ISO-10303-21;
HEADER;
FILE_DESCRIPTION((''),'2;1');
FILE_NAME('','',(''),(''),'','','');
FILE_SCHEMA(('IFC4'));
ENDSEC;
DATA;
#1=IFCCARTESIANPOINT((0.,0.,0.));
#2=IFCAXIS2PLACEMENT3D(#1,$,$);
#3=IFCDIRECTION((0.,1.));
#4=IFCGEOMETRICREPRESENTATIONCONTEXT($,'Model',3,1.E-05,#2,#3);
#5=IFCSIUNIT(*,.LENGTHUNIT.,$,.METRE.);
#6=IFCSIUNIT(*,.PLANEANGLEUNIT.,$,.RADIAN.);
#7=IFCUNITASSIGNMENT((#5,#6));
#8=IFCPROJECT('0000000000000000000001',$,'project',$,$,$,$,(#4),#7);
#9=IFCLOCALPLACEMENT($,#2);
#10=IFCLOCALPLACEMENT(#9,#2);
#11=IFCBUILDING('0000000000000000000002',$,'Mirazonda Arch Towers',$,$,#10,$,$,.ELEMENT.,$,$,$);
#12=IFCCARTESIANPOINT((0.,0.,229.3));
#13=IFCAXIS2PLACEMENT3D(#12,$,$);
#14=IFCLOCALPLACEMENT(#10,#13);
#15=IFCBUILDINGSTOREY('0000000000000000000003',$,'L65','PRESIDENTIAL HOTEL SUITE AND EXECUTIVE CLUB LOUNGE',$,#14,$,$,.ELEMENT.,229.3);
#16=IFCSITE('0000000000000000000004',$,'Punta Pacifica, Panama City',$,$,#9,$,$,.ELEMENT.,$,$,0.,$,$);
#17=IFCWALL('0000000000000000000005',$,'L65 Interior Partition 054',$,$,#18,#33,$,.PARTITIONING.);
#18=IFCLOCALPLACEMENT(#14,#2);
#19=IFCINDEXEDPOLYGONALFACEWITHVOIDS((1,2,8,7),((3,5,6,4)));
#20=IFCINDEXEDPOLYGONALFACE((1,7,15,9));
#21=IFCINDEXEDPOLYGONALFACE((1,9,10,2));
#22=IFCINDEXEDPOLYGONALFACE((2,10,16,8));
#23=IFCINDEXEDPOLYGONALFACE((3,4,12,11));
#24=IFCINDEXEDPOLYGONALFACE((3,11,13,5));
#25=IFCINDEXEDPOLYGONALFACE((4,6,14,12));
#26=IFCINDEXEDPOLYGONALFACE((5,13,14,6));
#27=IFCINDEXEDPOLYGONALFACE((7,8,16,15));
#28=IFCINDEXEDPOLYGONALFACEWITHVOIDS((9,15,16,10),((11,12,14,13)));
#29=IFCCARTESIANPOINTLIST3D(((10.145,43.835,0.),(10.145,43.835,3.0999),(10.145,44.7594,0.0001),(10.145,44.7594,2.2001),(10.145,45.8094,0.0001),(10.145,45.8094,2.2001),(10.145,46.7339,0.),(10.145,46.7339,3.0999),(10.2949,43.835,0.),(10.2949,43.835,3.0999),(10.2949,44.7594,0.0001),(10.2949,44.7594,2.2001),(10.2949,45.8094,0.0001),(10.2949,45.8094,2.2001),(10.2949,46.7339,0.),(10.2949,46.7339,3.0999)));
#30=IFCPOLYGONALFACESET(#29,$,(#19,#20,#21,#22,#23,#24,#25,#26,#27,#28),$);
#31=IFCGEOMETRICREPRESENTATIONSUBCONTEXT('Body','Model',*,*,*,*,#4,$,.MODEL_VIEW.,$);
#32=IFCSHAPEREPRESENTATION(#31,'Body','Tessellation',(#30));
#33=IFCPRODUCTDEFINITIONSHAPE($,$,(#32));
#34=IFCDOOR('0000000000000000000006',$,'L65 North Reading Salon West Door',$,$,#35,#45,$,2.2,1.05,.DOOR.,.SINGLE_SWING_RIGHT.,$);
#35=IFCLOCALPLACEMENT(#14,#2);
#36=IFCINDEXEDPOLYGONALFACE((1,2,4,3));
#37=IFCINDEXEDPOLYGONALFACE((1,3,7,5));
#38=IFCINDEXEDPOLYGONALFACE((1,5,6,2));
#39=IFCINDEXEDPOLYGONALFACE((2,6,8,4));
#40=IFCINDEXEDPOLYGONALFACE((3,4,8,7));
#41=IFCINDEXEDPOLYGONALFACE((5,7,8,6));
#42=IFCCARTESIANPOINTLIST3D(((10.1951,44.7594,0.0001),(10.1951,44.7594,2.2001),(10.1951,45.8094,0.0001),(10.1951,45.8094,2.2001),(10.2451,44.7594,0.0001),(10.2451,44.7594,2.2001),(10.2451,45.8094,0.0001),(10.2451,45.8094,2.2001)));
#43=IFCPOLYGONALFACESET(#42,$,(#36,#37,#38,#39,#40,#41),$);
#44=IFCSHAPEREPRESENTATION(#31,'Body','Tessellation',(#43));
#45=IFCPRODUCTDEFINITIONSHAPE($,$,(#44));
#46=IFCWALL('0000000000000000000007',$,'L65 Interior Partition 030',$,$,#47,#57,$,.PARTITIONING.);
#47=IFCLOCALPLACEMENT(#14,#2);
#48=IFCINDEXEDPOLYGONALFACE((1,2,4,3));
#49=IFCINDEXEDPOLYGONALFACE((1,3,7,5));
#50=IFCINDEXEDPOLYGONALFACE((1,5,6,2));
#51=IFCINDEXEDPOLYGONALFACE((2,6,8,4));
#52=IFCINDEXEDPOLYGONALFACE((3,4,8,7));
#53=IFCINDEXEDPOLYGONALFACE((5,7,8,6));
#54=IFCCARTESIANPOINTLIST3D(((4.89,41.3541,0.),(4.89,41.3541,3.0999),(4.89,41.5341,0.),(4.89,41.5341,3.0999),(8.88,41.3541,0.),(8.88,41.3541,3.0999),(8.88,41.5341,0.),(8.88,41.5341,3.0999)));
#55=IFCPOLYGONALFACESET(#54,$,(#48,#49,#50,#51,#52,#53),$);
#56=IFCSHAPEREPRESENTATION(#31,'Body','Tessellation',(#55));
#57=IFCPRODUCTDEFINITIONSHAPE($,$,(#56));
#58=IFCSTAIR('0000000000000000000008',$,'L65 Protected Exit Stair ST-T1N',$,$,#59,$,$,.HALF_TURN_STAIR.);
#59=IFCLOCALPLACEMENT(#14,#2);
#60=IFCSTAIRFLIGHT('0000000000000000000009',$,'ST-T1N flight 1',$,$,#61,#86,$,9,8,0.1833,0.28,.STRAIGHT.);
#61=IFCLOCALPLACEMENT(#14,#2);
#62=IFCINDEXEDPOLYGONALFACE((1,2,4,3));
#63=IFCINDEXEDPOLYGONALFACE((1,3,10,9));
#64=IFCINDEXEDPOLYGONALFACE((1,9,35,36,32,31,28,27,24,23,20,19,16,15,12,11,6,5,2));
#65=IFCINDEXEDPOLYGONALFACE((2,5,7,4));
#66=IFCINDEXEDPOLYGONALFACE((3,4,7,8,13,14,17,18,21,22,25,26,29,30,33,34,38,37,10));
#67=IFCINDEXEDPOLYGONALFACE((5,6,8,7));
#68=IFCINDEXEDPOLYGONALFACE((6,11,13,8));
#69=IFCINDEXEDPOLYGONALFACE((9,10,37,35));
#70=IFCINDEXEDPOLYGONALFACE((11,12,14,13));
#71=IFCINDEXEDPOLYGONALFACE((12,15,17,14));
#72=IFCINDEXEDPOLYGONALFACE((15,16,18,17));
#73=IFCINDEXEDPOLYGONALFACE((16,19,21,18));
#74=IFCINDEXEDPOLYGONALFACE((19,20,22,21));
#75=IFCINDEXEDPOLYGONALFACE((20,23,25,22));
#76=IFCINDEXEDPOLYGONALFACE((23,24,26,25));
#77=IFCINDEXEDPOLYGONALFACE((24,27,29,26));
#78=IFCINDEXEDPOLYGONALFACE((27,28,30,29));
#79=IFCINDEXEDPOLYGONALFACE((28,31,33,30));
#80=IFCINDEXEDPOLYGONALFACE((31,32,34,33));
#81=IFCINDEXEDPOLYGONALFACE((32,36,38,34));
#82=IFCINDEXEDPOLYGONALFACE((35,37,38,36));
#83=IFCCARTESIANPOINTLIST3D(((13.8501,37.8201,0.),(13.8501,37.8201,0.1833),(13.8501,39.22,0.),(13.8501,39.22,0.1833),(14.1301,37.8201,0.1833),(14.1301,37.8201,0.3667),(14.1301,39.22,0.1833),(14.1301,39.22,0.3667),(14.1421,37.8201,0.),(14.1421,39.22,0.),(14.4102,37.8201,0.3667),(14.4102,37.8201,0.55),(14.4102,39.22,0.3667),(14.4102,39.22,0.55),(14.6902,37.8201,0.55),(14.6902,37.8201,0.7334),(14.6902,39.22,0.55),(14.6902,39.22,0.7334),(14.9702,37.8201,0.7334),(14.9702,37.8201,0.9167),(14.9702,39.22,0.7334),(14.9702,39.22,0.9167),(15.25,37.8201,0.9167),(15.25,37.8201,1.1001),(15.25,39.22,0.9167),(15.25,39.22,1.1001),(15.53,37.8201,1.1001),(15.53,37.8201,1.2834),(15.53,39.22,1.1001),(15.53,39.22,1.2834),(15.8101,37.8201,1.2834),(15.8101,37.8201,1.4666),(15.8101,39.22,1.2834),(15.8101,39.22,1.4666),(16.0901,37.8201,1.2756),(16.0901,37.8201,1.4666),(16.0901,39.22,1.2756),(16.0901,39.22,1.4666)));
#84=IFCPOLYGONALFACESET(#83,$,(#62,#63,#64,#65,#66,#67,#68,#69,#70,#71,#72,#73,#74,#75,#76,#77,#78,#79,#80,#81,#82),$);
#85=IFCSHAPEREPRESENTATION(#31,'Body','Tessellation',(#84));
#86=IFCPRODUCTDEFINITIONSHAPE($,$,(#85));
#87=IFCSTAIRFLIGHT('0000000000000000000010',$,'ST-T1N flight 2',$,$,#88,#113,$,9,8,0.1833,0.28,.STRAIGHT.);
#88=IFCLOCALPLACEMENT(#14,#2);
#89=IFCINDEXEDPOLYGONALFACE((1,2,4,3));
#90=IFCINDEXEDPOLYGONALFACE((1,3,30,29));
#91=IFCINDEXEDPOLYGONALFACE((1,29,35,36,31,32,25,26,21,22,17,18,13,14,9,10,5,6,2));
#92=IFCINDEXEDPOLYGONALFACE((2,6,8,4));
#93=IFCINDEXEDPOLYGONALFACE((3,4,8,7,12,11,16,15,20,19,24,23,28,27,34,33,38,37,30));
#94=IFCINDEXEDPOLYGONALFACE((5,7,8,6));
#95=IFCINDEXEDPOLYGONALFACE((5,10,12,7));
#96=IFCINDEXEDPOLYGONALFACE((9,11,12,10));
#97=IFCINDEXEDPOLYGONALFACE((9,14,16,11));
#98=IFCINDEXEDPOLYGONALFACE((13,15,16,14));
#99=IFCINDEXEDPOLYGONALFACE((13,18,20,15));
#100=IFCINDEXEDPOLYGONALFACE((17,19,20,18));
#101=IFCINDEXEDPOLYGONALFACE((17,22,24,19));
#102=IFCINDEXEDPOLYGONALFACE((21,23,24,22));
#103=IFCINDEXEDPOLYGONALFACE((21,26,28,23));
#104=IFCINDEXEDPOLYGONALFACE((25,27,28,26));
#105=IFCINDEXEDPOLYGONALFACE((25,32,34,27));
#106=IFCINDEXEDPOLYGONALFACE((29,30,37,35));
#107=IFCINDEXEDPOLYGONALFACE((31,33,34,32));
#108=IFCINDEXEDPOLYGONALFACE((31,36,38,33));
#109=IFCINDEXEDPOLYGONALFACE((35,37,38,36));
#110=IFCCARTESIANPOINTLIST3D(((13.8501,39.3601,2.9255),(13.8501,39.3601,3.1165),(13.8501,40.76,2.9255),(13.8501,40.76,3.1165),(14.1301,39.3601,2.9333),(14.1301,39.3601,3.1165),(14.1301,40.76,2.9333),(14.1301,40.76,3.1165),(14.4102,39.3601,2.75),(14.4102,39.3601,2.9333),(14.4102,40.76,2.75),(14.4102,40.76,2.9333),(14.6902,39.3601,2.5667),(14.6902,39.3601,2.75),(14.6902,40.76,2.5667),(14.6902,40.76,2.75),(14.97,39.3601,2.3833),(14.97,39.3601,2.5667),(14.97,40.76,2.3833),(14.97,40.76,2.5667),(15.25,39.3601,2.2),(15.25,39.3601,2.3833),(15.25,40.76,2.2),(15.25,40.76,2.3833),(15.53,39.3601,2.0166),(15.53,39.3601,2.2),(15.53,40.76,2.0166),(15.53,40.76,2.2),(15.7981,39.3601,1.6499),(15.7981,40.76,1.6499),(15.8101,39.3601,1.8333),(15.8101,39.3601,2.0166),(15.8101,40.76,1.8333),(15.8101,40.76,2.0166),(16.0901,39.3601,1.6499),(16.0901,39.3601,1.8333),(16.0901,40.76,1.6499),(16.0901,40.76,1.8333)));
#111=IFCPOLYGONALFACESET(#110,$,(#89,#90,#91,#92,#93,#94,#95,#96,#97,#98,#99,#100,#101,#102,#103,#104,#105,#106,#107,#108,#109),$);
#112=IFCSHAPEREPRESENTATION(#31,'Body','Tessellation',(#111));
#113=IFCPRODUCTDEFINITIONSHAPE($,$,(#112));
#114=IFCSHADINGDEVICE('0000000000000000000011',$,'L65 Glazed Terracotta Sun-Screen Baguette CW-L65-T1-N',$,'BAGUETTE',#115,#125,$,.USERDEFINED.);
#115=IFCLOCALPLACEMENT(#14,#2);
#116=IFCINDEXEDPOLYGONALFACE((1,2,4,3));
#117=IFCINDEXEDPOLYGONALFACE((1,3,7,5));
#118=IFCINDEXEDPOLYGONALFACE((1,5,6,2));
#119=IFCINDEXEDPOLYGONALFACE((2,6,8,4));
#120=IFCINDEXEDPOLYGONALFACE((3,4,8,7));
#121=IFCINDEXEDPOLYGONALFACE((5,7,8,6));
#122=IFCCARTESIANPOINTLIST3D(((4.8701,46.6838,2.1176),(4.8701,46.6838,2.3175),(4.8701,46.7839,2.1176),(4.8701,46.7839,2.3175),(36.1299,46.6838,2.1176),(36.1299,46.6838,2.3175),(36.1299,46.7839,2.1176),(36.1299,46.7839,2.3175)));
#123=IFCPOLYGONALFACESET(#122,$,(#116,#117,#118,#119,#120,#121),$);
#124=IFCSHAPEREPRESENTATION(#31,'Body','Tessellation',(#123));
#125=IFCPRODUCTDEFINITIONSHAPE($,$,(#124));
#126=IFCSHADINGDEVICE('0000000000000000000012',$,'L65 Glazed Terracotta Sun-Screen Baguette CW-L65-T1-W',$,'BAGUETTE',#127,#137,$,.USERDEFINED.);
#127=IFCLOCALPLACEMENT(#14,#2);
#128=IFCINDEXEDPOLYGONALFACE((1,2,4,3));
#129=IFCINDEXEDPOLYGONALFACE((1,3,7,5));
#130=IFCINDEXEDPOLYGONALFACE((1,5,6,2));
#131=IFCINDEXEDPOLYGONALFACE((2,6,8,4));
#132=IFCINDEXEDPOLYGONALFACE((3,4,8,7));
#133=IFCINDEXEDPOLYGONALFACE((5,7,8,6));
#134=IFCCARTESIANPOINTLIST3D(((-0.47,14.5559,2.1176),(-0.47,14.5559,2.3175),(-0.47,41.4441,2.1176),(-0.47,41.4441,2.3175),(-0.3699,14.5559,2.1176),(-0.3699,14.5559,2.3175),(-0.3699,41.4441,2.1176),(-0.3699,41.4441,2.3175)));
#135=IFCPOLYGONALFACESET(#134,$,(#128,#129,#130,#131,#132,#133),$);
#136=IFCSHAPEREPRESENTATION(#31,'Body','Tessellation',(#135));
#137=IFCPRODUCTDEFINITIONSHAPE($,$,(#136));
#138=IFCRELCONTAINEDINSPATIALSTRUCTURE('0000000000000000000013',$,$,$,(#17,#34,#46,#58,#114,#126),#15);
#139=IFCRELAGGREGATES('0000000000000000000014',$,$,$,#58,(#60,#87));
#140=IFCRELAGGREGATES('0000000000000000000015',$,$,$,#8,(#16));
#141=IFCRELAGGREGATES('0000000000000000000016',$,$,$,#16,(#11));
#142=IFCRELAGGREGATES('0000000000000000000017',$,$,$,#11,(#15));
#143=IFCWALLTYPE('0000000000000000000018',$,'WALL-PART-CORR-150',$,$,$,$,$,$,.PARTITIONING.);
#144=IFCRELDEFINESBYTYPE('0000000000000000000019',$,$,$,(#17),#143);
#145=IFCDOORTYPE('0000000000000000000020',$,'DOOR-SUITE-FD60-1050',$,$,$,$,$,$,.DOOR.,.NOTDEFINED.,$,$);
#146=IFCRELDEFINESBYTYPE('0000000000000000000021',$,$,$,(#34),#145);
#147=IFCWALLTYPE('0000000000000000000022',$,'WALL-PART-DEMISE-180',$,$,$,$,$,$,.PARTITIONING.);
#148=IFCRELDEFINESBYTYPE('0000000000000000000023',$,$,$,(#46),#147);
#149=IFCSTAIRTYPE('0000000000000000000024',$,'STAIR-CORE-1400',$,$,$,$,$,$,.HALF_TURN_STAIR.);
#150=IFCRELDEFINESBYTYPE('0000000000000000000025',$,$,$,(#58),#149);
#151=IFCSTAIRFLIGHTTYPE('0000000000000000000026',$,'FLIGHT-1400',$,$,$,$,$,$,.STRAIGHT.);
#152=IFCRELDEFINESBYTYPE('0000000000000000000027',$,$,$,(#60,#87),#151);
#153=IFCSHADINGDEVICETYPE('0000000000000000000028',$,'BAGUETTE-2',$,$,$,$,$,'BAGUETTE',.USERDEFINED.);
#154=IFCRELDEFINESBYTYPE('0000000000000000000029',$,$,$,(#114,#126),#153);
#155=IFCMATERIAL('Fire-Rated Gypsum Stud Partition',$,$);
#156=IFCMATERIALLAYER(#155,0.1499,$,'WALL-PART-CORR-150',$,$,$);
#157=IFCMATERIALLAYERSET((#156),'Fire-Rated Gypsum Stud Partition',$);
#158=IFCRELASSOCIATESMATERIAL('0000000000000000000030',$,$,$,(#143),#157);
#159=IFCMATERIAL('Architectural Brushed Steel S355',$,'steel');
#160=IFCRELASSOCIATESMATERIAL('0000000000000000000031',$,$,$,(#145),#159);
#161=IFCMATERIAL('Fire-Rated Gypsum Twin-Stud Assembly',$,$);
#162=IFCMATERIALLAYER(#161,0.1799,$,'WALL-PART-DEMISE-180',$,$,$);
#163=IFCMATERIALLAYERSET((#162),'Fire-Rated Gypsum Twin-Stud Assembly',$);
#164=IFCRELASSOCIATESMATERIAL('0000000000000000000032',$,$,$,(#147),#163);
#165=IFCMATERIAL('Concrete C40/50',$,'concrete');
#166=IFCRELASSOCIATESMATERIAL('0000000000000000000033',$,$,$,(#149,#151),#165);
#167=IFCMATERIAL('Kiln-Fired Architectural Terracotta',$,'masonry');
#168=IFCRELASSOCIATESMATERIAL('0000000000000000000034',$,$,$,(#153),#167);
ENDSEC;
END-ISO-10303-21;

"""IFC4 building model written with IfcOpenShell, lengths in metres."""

from ifc_helpers import new_model, si_unit, direction, frame, frame_2d, origin, origin_2d, place, context, subcontext, project, spatial, polyline, rectangle, outline, extrude, material, layer, layer_set, material_profile, profile_set, type_object, element, fill, aggregate, save


model = new_model("IFC4")

# Units and contexts
model_context = context("Model", 3, precision=1e-05, world=origin(), true_north=direction((0.0, 1.0)))
body_context = subcontext(model_context, "Body", "Model", "MODEL_VIEW")
ifc_project = project(units=[si_unit("LENGTHUNIT", "METRE"), si_unit("PLANEANGLEUNIT", "RADIAN")], contexts=[model_context])

# Site, building, storey
site_placement = place(None, origin())
site = spatial("IfcSite", under=ifc_project, at=site_placement, Name="Punta Pacifica, Panama City", CompositionType="ELEMENT", RefElevation=0.0)
building_placement = place(site_placement, origin())
building = spatial("IfcBuilding", under=site, at=building_placement, Name="Mirazonda Arch Towers", CompositionType="ELEMENT")
storey_placement = place(building_placement, frame((0.0, 0.0, 229.3)))
storey = spatial("IfcBuildingStorey", under=building, at=storey_placement, Name="L65", Description="PRESIDENTIAL HOTEL SUITE AND EXECUTIVE CLUB LOUNGE", CompositionType="ELEMENT", Elevation=229.3)

# Shared definitions
ifc_material_1 = material(Name="Fire-Rated Gypsum Stud Partition")
ifc_layer_1 = layer(ifc_material_1, 0.1499, Name="WALL-PART-CORR-150")
ifc_layer_set_1 = layer_set([ifc_layer_1], Name="Fire-Rated Gypsum Stud Partition")
wall_type_1 = type_object("IfcWallType", Name="WALL-PART-CORR-150", PredefinedType="PARTITIONING", material=ifc_layer_set_1)

# Wall, opening, door
wall_1_placement = place(storey_placement, frame((10.22, 43.835, 0.0), z_axis=(0.0, 0.0, 1.0), x_axis=(0.0, 1.0, 0.0)))
wall_1 = element("IfcWall", 1, at=wall_1_placement, inside=storey, type_object=wall_type_1, Name="L65 Interior Partition 054", PredefinedType="PARTITIONING", context=body_context, shape_type="SweptSolid", body=[
    extrude(rectangle(XDim=2.8989, YDim=0.1499, at=frame_2d((1.4495, 0.0))), origin(), (0.0, 0.0, 1.0), 3.0999),
])
opening_1_placement = place(wall_1_placement, frame((0.9246, 0.0, 0.0)))
opening_1 = element("IfcOpeningElement", 2, at=opening_1_placement, cuts=wall_1, PredefinedType="OPENING", context=body_context, shape_type="SweptSolid", body=[
    extrude(rectangle(XDim=1.05, YDim=2.2, at=frame_2d((0.5249, 1.1001))), frame((0.0, 0.085, 0.0), z_axis=(0.0, -1.0, 0.0), x_axis=(1.0, 0.0, 0.0)), (0.0, 0.0, 1.0), 0.1699),
])
ifc_material_2 = material(Name="Architectural Brushed Steel S355", Category="steel")
door_type_1 = type_object("IfcDoorType", Name="DOOR-SUITE-FD60-1050", OperationType="NOTDEFINED", PredefinedType="DOOR", material=ifc_material_2)
door_1_placement = place(opening_1_placement, origin())
door_1 = element("IfcDoor", 3, at=door_1_placement, inside=storey, type_object=door_type_1, Name="L65 North Reading Salon West Door", OperationType="SINGLE_SWING_RIGHT", OverallHeight=2.2, OverallWidth=1.05, PredefinedType="DOOR", context=body_context, shape_type="SweptSolid", body=[
    extrude(rectangle(XDim=1.05, YDim=2.2, at=frame_2d((0.5249, 1.1001))), frame((0.0, 0.0249, 0.0), z_axis=(0.0, -1.0, 0.0), x_axis=(1.0, 0.0, 0.0)), (0.0, 0.0, 1.0), 0.05),
])
fill(opening_1, door_1)

# Wall
ifc_material_3 = material(Name="Fire-Rated Gypsum Twin-Stud Assembly")
ifc_layer_2 = layer(ifc_material_3, 0.1799, Name="WALL-PART-DEMISE-180")
ifc_layer_set_2 = layer_set([ifc_layer_2], Name="Fire-Rated Gypsum Twin-Stud Assembly")
wall_type_2 = type_object("IfcWallType", Name="WALL-PART-DEMISE-180", PredefinedType="PARTITIONING", material=ifc_layer_set_2)
wall_2_placement = place(storey_placement, frame((4.8899, 41.4441, 0.0), z_axis=(0.0, 0.0, 1.0), x_axis=(1.0, 0.0, 0.0)))
element("IfcWall", 4, at=wall_2_placement, inside=storey, type_object=wall_type_2, Name="L65 Interior Partition 030", PredefinedType="PARTITIONING", context=body_context, shape_type="SweptSolid", body=[
    extrude(rectangle(XDim=3.99, YDim=0.1799, at=frame_2d((1.9951, 0.0))), origin(), (0.0, 0.0, 1.0), 3.0999),
])

# Stair, stair flights
ifc_material_4 = material(Name="Concrete C40/50", Category="concrete")
stair_type = type_object("IfcStairType", Name="STAIR-CORE-1400", PredefinedType="HALF_TURN_STAIR", material=ifc_material_4)
stair_placement = place(storey_placement, origin())
stair = element("IfcStair", 5, at=stair_placement, inside=storey, type_object=stair_type, Name="L65 Protected Exit Stair ST-T1N", PredefinedType="HALF_TURN_STAIR")
stair_flight_type = type_object("IfcStairFlightType", Name="FLIGHT-1400", PredefinedType="STRAIGHT", material=ifc_material_4)
stair_flight_1_placement = place(storey_placement, frame((13.8501, 38.52, 0.0), z_axis=(0.0, 0.0, 1.0), x_axis=(1.0, 0.0, 0.0)))
stair_flight_1 = element("IfcStairFlight", 6, at=stair_flight_1_placement, type_object=stair_flight_type, Name="ST-T1N flight 1", NumberOfRisers=9, NumberOfTreads=8, PredefinedType="STRAIGHT", RiserHeight=0.1833, TreadLength=0.28, context=body_context, shape_type="SweptSolid", body=[
    extrude(outline(polyline([(0.0, 0.0), (0.0, 0.1833), (0.28, 0.1833), (0.28, 0.3667), (0.5601, 0.3667), (0.5601, 0.55), (0.8401, 0.55), (0.8401, 0.7334), (1.1201, 0.7334), (1.1201, 0.9167), (1.3999, 0.9167), (1.3999, 1.1001), (1.6799, 1.1001), (1.6799, 1.2834), (1.96, 1.2834), (1.96, 1.4666), (2.24, 1.4666), (2.24, 1.6499), (2.24, 1.2756), (0.292, 0.0), (0.0, 0.0)])), frame((0.0, 0.7, 0.0), z_axis=(0.0, -1.0, 0.0), x_axis=(1.0, 0.0, 0.0)), (0.0, 0.0, 1.0), 1.3999),
])
stair_flight_2_placement = place(storey_placement, frame((16.0901, 40.0601, 1.6499), z_axis=(0.0, 0.0, 1.0), x_axis=(-1.0, 0.0, 0.0)))
stair_flight_2 = element("IfcStairFlight", 7, at=stair_flight_2_placement, type_object=stair_flight_type, Name="ST-T1N flight 2", NumberOfRisers=9, NumberOfTreads=8, PredefinedType="STRAIGHT", RiserHeight=0.1833, TreadLength=0.28, context=body_context, shape_type="SweptSolid", body=[
    extrude(outline(polyline([(0.0, 0.0), (0.0, 0.1833), (0.28, 0.1833), (0.28, 0.3667), (0.5601, 0.3667), (0.5601, 0.55), (0.8401, 0.55), (0.8401, 0.7334), (1.1201, 0.7334), (1.1201, 0.9167), (1.3999, 0.9167), (1.3999, 1.1001), (1.6799, 1.1001), (1.6799, 1.2834), (1.96, 1.2834), (1.96, 1.4666), (2.24, 1.4666), (2.24, 1.6499), (2.24, 1.2756), (0.292, 0.0), (0.0, 0.0)])), frame((0.0, 0.7, 0.0), z_axis=(0.0, -1.0, 0.0), x_axis=(1.0, 0.0, 0.0)), (0.0, 0.0, 1.0), 1.3999),
])
aggregate(stair, [stair_flight_1, stair_flight_2])

# Shading devices
ifc_material_5 = material(Name="Kiln-Fired Architectural Terracotta", Category="masonry")
ifc_material_profile_1 = material_profile(ifc_material_5, rectangle(XDim=0.1001, YDim=0.2, at=origin_2d()), Name="TERRA-BAG-100x200")
ifc_profile_set_1 = profile_set([ifc_material_profile_1], Name="Kiln-Fired Architectural Terracotta")
shading_device_type = type_object("IfcShadingDeviceType", Name="BAGUETTE-2", ElementType="BAGUETTE", PredefinedType="USERDEFINED", material=ifc_profile_set_1)
shading_device_1_placement = place(storey_placement, frame((4.8701, 46.7339, 2.2175), z_axis=(1.0, 0.0, 0.0), x_axis=(0.0, 1.0, 0.0)))
element("IfcShadingDevice", 8, at=shading_device_1_placement, inside=storey, type_object=shading_device_type, Name="L65 Glazed Terracotta Sun-Screen Baguette CW-L65-T1-N", ObjectType="BAGUETTE", PredefinedType="USERDEFINED", context=body_context, shape_type="SweptSolid", body=[
    extrude(rectangle(XDim=0.1001, YDim=0.2, at=origin_2d()), origin(), (0.0, 0.0, 1.0), 31.2598),
])
shading_device_2_placement = place(storey_placement, frame((-0.4199, 41.4441, 2.2175), z_axis=(0.0, -1.0, 0.0), x_axis=(1.0, 0.0, 0.0)))
element("IfcShadingDevice", 9, at=shading_device_2_placement, inside=storey, type_object=shading_device_type, Name="L65 Glazed Terracotta Sun-Screen Baguette CW-L65-T1-W", ObjectType="BAGUETTE", PredefinedType="USERDEFINED", context=body_context, shape_type="SweptSolid", body=[
    extrude(rectangle(XDim=0.1001, YDim=0.2, at=origin_2d()), origin(), (0.0, 0.0, 1.0), 26.8882),
])

save(model, "model.ifc")
